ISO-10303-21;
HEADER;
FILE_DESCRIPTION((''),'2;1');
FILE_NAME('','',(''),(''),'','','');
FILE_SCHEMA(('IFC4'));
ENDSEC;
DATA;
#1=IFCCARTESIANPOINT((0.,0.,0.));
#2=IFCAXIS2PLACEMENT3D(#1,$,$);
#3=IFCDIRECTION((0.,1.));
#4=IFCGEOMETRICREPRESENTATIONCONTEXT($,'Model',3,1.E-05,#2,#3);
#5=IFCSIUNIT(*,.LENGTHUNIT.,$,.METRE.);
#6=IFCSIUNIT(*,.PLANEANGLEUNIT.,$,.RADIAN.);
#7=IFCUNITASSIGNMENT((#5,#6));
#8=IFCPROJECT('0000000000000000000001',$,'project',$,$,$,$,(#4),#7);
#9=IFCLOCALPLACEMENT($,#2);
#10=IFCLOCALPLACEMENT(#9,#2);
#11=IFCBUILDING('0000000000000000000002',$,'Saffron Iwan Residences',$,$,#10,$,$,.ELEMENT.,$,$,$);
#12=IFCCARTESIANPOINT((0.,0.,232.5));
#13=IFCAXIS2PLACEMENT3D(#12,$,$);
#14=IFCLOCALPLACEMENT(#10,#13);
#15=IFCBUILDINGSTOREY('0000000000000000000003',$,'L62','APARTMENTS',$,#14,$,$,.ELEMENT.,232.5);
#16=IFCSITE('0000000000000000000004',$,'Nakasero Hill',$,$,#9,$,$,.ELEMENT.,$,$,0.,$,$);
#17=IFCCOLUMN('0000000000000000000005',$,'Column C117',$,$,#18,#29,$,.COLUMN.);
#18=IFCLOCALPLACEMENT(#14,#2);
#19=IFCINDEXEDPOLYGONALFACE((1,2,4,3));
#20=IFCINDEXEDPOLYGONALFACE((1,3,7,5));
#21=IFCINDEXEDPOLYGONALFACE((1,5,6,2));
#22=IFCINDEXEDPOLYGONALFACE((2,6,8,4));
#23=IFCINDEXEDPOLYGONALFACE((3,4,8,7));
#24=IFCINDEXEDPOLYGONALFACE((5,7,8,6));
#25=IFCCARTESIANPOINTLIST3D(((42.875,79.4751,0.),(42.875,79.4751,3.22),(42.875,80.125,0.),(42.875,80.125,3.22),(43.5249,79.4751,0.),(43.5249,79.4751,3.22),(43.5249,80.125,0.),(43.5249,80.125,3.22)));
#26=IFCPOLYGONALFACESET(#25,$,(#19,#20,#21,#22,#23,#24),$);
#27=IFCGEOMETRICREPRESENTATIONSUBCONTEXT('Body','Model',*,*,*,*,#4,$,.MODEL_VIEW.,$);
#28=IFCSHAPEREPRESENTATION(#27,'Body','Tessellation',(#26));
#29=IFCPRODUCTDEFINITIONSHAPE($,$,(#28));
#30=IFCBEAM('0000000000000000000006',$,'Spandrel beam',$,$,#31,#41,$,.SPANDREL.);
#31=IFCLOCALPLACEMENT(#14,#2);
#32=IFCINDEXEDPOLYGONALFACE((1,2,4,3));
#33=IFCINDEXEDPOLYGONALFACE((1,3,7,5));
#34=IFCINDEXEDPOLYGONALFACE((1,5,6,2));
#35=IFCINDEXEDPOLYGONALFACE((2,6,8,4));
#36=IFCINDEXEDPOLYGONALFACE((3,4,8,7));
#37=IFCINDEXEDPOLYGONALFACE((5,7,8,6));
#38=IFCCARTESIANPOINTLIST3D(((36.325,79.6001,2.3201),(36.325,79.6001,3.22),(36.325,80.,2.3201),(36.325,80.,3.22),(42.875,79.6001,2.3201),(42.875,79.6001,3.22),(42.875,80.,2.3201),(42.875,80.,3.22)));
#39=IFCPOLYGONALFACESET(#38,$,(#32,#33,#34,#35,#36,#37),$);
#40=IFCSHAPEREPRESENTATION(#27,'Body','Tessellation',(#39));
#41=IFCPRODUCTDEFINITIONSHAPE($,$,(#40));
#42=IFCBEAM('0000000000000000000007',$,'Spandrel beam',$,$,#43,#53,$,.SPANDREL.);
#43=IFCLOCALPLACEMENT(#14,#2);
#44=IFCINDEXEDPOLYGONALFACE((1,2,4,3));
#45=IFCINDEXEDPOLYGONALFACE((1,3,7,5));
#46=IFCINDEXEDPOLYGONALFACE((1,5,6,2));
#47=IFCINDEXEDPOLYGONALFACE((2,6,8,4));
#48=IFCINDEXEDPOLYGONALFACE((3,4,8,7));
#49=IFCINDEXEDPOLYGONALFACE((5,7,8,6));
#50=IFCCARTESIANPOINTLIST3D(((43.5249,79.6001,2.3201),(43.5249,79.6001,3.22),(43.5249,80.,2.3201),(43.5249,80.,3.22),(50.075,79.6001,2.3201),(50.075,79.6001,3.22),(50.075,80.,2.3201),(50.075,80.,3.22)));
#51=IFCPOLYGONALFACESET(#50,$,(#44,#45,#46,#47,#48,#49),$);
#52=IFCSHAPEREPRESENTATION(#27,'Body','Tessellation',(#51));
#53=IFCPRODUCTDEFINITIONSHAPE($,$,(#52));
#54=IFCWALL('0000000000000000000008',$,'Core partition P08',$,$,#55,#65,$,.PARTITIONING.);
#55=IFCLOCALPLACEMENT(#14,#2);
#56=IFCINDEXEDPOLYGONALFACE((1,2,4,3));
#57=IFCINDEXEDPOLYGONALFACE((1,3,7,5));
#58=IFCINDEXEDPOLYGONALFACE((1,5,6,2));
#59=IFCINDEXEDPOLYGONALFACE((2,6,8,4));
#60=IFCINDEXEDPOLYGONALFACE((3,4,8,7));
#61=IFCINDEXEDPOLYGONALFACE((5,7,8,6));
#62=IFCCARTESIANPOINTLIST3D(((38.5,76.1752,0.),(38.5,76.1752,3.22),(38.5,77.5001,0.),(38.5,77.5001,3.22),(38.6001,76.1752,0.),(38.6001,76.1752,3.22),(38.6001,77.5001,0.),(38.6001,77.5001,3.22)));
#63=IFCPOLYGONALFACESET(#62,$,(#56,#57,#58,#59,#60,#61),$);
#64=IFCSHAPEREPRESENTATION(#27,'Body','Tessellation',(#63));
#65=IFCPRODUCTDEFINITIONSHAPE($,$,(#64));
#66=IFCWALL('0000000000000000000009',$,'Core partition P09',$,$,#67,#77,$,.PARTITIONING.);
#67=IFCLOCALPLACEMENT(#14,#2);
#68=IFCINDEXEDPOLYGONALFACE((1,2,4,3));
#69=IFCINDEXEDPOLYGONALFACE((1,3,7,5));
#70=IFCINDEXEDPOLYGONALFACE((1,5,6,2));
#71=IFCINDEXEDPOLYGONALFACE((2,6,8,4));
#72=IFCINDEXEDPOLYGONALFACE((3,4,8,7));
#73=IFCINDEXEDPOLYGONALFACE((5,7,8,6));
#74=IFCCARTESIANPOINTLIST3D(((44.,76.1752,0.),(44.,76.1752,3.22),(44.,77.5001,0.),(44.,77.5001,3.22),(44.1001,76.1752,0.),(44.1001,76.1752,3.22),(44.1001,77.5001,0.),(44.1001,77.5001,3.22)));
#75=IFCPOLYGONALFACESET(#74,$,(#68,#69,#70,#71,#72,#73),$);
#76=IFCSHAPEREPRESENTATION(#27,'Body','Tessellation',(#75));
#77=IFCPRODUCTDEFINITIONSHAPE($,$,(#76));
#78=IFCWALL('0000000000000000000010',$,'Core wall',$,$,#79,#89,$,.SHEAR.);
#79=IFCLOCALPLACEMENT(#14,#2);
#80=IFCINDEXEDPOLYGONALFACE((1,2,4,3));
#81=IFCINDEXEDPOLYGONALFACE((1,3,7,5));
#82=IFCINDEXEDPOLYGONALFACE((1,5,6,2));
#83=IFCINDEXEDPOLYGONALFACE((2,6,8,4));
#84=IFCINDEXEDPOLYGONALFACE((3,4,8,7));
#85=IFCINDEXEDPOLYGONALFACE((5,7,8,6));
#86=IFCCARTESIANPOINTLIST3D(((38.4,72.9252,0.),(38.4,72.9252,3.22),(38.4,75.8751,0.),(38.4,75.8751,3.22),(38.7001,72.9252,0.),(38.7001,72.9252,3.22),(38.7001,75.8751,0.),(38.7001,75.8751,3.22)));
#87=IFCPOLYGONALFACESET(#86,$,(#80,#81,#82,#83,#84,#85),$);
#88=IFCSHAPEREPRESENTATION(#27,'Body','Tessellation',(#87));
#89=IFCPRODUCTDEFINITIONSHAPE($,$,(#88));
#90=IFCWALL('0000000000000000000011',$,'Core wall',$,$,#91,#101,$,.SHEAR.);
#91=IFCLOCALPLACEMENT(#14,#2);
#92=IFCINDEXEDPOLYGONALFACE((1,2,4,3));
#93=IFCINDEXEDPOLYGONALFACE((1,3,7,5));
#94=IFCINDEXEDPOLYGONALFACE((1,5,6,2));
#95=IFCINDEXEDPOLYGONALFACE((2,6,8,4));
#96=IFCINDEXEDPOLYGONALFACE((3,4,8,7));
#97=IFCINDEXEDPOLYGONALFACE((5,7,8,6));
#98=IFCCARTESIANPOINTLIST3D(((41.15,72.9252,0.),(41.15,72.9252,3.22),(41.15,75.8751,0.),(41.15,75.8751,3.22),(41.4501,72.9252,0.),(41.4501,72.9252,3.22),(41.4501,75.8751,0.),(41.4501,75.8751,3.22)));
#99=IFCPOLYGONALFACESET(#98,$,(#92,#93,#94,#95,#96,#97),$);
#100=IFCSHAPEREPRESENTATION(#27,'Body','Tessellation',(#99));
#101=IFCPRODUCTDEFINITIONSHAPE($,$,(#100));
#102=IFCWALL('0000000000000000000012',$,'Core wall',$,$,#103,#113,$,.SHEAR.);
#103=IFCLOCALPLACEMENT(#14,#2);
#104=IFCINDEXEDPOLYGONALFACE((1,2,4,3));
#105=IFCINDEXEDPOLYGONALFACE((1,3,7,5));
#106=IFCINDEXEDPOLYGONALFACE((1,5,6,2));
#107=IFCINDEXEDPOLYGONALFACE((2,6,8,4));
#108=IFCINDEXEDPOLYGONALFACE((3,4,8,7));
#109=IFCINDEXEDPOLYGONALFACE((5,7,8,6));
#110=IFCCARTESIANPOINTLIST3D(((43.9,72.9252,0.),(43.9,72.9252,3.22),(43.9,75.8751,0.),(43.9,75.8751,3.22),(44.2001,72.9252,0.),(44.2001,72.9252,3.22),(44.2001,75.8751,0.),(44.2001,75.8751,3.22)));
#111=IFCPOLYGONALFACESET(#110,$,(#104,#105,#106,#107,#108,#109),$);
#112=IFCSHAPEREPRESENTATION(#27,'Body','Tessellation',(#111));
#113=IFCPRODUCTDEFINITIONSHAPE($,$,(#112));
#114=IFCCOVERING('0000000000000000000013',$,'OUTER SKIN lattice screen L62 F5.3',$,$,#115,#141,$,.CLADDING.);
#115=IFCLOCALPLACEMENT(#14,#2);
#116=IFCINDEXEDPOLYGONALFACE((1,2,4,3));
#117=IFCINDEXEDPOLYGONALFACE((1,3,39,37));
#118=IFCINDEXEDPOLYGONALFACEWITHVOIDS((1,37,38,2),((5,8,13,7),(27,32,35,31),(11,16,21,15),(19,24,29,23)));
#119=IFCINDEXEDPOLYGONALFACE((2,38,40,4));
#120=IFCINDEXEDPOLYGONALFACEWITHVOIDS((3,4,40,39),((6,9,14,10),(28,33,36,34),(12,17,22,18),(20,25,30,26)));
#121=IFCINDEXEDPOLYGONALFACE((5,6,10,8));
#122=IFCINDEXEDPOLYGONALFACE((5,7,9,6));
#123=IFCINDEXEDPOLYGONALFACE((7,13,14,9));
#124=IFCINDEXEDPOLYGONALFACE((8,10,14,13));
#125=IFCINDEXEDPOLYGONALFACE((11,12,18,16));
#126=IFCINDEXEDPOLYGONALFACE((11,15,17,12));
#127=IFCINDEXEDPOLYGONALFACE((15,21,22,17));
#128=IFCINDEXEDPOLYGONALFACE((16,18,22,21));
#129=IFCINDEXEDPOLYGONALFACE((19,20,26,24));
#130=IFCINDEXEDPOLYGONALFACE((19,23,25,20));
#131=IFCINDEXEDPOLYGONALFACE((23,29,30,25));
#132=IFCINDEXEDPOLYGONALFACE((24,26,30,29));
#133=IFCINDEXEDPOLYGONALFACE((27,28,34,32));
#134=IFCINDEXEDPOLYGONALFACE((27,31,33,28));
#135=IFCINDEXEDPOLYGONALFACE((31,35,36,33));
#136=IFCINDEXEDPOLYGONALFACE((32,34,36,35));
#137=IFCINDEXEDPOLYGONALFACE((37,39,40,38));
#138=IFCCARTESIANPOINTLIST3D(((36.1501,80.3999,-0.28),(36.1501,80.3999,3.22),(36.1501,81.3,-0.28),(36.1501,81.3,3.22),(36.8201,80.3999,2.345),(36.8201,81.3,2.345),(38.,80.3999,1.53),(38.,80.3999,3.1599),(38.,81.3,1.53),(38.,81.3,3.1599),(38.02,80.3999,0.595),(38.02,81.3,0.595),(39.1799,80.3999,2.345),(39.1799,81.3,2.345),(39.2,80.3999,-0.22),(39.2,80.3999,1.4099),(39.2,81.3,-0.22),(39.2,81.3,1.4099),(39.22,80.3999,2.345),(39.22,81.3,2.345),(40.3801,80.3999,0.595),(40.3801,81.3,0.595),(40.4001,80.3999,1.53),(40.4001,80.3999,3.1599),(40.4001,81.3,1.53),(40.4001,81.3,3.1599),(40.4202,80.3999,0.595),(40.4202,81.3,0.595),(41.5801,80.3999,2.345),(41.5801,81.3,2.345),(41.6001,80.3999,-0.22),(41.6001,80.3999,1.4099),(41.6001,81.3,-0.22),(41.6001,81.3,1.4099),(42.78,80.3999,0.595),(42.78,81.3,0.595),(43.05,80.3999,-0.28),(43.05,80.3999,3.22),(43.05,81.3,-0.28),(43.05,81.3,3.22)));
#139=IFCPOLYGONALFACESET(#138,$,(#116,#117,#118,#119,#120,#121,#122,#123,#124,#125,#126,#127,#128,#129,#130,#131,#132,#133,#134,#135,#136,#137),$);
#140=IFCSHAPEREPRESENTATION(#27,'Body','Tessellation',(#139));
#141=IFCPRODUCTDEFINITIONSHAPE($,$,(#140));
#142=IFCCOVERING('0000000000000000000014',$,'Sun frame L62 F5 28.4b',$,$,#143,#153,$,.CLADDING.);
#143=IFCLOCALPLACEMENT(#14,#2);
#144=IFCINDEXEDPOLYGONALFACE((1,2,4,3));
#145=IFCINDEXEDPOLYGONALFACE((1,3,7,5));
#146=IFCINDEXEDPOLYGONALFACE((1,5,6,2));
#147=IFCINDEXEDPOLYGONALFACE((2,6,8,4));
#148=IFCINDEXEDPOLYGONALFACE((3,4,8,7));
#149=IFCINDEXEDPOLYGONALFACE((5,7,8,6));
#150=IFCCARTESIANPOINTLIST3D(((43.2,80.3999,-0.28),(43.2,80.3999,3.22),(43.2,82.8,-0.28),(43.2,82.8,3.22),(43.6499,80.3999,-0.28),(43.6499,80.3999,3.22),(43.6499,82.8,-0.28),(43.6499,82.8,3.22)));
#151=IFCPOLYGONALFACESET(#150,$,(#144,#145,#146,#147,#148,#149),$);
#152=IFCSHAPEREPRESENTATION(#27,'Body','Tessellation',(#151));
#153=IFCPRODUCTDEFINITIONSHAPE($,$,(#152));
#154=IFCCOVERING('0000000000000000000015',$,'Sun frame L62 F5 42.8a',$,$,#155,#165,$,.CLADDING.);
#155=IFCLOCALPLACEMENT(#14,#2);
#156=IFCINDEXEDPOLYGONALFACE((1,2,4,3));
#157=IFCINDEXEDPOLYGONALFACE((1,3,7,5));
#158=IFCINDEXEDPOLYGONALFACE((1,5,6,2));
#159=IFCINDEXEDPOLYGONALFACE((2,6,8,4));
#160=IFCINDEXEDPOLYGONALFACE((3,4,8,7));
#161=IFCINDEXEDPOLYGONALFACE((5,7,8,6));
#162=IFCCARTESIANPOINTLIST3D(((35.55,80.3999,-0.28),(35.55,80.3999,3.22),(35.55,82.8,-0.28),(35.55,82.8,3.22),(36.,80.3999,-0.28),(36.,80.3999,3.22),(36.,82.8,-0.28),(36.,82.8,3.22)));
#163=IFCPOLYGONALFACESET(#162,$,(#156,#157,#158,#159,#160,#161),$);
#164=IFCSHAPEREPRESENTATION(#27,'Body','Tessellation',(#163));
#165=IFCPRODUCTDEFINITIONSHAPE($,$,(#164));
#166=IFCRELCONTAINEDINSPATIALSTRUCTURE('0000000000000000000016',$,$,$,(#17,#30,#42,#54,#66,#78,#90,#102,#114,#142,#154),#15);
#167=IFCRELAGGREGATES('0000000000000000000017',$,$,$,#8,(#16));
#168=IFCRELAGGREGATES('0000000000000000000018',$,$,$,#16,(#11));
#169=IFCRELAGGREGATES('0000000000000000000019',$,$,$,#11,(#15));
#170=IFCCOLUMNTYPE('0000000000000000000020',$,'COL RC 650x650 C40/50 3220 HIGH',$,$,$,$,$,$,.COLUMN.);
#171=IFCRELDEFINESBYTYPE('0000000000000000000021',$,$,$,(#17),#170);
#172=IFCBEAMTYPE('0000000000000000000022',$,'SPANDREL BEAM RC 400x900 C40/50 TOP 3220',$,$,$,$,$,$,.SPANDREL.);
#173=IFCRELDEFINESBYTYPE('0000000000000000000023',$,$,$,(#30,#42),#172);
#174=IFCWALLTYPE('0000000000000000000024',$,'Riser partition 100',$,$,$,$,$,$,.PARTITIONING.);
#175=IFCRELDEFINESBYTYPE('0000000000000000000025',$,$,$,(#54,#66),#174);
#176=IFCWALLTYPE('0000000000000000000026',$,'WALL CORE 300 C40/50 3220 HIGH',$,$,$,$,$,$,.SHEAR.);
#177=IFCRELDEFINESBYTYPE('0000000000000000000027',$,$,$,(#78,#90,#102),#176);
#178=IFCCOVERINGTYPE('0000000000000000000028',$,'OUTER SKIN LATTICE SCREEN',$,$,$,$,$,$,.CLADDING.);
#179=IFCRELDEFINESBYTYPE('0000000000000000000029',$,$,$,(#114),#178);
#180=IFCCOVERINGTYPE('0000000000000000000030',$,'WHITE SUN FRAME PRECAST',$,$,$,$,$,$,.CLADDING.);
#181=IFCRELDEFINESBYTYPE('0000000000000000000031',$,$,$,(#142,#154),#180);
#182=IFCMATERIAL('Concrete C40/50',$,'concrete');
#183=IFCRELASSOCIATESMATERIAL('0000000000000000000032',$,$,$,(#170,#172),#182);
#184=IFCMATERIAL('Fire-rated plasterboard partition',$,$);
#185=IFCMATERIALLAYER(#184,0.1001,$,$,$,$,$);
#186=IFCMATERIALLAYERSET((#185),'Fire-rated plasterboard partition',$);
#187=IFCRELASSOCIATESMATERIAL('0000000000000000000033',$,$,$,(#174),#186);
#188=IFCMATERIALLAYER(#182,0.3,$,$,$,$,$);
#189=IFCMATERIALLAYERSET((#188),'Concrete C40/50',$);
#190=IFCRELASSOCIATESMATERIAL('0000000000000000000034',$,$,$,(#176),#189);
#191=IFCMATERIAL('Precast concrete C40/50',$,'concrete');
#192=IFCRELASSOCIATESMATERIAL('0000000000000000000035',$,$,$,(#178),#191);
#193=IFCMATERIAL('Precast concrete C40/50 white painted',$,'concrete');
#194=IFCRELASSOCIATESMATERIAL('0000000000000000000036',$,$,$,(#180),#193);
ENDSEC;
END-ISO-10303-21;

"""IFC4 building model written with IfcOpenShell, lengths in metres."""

from ifc_helpers import new_model, si_unit, direction, frame, frame_2d, origin, origin_2d, place, context, subcontext, project, spatial, polyline, rectangle, outline, extrude, source, transform, mapped, material, layer, layer_set, material_profile, profile_set, type_object, element, save


model = new_model("IFC4")

# Units and contexts
model_context = context("Model", 3, precision=1e-05, world=origin(), true_north=direction((0.0, 1.0)))
body_context = subcontext(model_context, "Body", "Model", "MODEL_VIEW")
ifc_project = project(units=[si_unit("LENGTHUNIT", "METRE"), si_unit("PLANEANGLEUNIT", "RADIAN")], contexts=[model_context])

# Site, building, storey
site_placement = place(None, origin())
site = spatial("IfcSite", under=ifc_project, at=site_placement, Name="Nakasero Hill", CompositionType="ELEMENT", RefElevation=0.0)
building_placement = place(site_placement, origin())
building = spatial("IfcBuilding", under=site, at=building_placement, Name="Saffron Iwan Residences", CompositionType="ELEMENT")
storey_placement = place(building_placement, frame((0.0, 0.0, 232.5)))
storey = spatial("IfcBuildingStorey", under=building, at=storey_placement, Name="L62", Description="APARTMENTS", CompositionType="ELEMENT", Elevation=232.5)

# Column
ifc_material_1 = material(Name="Concrete C40/50", Category="concrete")
ifc_material_profile_1 = material_profile(ifc_material_1, rectangle(XDim=0.6499, YDim=0.6499, at=origin_2d()), Name="RC 650x650")
ifc_profile_set_1 = profile_set([ifc_material_profile_1], Name="Concrete C40/50")
column_type = type_object("IfcColumnType", Name="COL RC 650x650 C40/50 3220 HIGH", PredefinedType="COLUMN", material=ifc_profile_set_1)
shared_shape_1 = source(origin(), body_context, "Body", "SweptSolid", [
    extrude(rectangle(XDim=0.6499, YDim=0.6499, at=origin_2d()), origin(), (0.0, 0.0, 1.0), 3.22),
])
column_placement = place(storey_placement, frame((43.2, 79.8, 0.0), z_axis=(0.0, 0.0, 1.0), x_axis=(1.0, 0.0, 0.0)))
element("IfcColumn", 1, at=column_placement, inside=storey, type_object=column_type, Name="Column C117", PredefinedType="COLUMN", context=body_context, shape_type="MappedRepresentation", body=[
    mapped(shared_shape_1, transform((0.0, 0.0, 0.0))),
])

# Beams
ifc_material_profile_2 = material_profile(ifc_material_1, rectangle(XDim=0.3999, YDim=0.8999, at=origin_2d()), Name="RC 400x900")
ifc_profile_set_2 = profile_set([ifc_material_profile_2], Name="Concrete C40/50")
beam_type = type_object("IfcBeamType", Name="SPANDREL BEAM RC 400x900 C40/50 TOP 3220", PredefinedType="SPANDREL", material=ifc_profile_set_2)
shared_shape_2 = source(origin(), body_context, "Body", "SweptSolid", [
    extrude(rectangle(XDim=0.3999, YDim=0.8999, at=origin_2d()), origin(), (0.0, 0.0, 1.0), 6.55),
])
for number, where, z_axis, x_axis, name in (
    (2, (36.325, 79.8, 2.77), (1.0, 0.0, 0.0), (0.0, 1.0, 0.0), "Spandrel beam"),
    (3, (43.5249, 79.8, 2.77), (1.0, 0.0, 0.0), (0.0, 1.0, 0.0), "Spandrel beam"),
):
    element("IfcBeam", number, at=place(storey_placement, frame(where, z_axis=z_axis, x_axis=x_axis)), inside=storey, type_object=beam_type, Name=name, PredefinedType="SPANDREL", context=body_context, shape_type="MappedRepresentation", body=[
        mapped(shared_shape_2, transform((0.0, 0.0, 0.0))),
    ])

# Walls
ifc_material_2 = material(Name="Fire-rated plasterboard partition")
ifc_layer_1 = layer(ifc_material_2, 0.1001)
ifc_layer_set_1 = layer_set([ifc_layer_1], Name="Fire-rated plasterboard partition")
wall_type_1 = type_object("IfcWallType", Name="Riser partition 100", PredefinedType="PARTITIONING", material=ifc_layer_set_1)
for number, where, z_axis, x_axis, name in (
    (4, (38.55, 76.175, 0.0), (0.0, 0.0, 1.0), (0.0, 1.0, 0.0), "Core partition P08"),
    (5, (44.05, 76.175, 0.0), (0.0, 0.0, 1.0), (0.0, 1.0, 0.0), "Core partition P09"),
):
    element("IfcWall", number, at=place(storey_placement, frame(where, z_axis=z_axis, x_axis=x_axis)), inside=storey, type_object=wall_type_1, Name=name, PredefinedType="PARTITIONING", context=body_context, shape_type="SweptSolid", body=[
        extrude(rectangle(XDim=1.325, YDim=0.1001, at=frame_2d((0.6626, 0.0))), origin(), (0.0, 0.0, 1.0), 3.22),
    ])
ifc_layer_2 = layer(ifc_material_1, 0.3)
ifc_layer_set_2 = layer_set([ifc_layer_2], Name="Concrete C40/50")
wall_type_2 = type_object("IfcWallType", Name="WALL CORE 300 C40/50 3220 HIGH", PredefinedType="SHEAR", material=ifc_layer_set_2)
for number, where, z_axis, x_axis, name in (
    (6, (38.55, 72.925, 0.0), (0.0, 0.0, 1.0), (0.0, 1.0, 0.0), "Core wall"),
    (7, (41.3, 72.925, 0.0), (0.0, 0.0, 1.0), (0.0, 1.0, 0.0), "Core wall"),
    (8, (44.05, 72.925, 0.0), (0.0, 0.0, 1.0), (0.0, 1.0, 0.0), "Core wall"),
):
    element("IfcWall", number, at=place(storey_placement, frame(where, z_axis=z_axis, x_axis=x_axis)), inside=storey, type_object=wall_type_2, Name=name, PredefinedType="SHEAR", context=body_context, shape_type="SweptSolid", body=[
        extrude(rectangle(XDim=2.95, YDim=0.3, at=frame_2d((1.4751, 0.0))), origin(), (0.0, 0.0, 1.0), 3.22),
    ])

# Coverings
ifc_material_3 = material(Name="Precast concrete C40/50", Category="concrete")
covering_type_1 = type_object("IfcCoveringType", Name="OUTER SKIN LATTICE SCREEN", PredefinedType="CLADDING", material=ifc_material_3)
covering_placement = place(storey_placement, frame((43.05, 80.3999, -0.28), z_axis=(0.0, 1.0, 0.0), x_axis=(-1.0, 0.0, 0.0)))
element("IfcCovering", 9, at=covering_placement, inside=storey, type_object=covering_type_1, Name="OUTER SKIN lattice screen L62 F5.3", PredefinedType="CLADDING", context=body_context, shape_type="SweptSolid", body=[
    extrude(outline(polyline([(0.0, 0.0), (6.8999, 0.0), (6.8999, 3.5), (0.0, 3.5), (0.0, 0.0)]), holes=[polyline([(0.27, 0.875), (1.45, 0.0601), (2.6299, 0.875), (1.45, 1.6899), (0.27, 0.875)]), polyline([(2.6699, 0.875), (3.8501, 0.0601), (5.03, 0.875), (3.8501, 1.6899), (2.6699, 0.875)]), polyline([(1.47, 2.625), (2.6499, 1.8101), (3.8301, 2.625), (2.6499, 3.4399), (1.47, 2.625)]), polyline([(3.8701, 2.625), (5.05, 1.8101), (6.23, 2.625), (5.05, 3.4399), (3.8701, 2.625)])]), origin(), (0.0, 0.0, 1.0), 0.9001),
])
ifc_material_4 = material(Name="Precast concrete C40/50 white painted", Category="concrete")
covering_type_2 = type_object("IfcCoveringType", Name="WHITE SUN FRAME PRECAST", PredefinedType="CLADDING", material=ifc_material_4)
for number, where, z_axis, x_axis, name in (
    (10, (43.6499, 80.3999, -0.28), (0.0, 1.0, 0.0), (-1.0, 0.0, 0.0), "Sun frame L62 F5 28.4b"),
    (11, (36.0, 80.3999, -0.28), (0.0, 1.0, 0.0), (-1.0, 0.0, 0.0), "Sun frame L62 F5 42.8a"),
):
    element("IfcCovering", number, at=place(storey_placement, frame(where, z_axis=z_axis, x_axis=x_axis)), inside=storey, type_object=covering_type_2, Name=name, PredefinedType="CLADDING", context=body_context, shape_type="SweptSolid", body=[
        extrude(outline(polyline([(0.0, 0.0), (0.45, 0.0), (0.45, 3.5), (0.0, 3.5), (0.0, 0.0)])), origin(), (0.0, 0.0, 1.0), 2.4001),
    ])

save(model, "model.ifc")
